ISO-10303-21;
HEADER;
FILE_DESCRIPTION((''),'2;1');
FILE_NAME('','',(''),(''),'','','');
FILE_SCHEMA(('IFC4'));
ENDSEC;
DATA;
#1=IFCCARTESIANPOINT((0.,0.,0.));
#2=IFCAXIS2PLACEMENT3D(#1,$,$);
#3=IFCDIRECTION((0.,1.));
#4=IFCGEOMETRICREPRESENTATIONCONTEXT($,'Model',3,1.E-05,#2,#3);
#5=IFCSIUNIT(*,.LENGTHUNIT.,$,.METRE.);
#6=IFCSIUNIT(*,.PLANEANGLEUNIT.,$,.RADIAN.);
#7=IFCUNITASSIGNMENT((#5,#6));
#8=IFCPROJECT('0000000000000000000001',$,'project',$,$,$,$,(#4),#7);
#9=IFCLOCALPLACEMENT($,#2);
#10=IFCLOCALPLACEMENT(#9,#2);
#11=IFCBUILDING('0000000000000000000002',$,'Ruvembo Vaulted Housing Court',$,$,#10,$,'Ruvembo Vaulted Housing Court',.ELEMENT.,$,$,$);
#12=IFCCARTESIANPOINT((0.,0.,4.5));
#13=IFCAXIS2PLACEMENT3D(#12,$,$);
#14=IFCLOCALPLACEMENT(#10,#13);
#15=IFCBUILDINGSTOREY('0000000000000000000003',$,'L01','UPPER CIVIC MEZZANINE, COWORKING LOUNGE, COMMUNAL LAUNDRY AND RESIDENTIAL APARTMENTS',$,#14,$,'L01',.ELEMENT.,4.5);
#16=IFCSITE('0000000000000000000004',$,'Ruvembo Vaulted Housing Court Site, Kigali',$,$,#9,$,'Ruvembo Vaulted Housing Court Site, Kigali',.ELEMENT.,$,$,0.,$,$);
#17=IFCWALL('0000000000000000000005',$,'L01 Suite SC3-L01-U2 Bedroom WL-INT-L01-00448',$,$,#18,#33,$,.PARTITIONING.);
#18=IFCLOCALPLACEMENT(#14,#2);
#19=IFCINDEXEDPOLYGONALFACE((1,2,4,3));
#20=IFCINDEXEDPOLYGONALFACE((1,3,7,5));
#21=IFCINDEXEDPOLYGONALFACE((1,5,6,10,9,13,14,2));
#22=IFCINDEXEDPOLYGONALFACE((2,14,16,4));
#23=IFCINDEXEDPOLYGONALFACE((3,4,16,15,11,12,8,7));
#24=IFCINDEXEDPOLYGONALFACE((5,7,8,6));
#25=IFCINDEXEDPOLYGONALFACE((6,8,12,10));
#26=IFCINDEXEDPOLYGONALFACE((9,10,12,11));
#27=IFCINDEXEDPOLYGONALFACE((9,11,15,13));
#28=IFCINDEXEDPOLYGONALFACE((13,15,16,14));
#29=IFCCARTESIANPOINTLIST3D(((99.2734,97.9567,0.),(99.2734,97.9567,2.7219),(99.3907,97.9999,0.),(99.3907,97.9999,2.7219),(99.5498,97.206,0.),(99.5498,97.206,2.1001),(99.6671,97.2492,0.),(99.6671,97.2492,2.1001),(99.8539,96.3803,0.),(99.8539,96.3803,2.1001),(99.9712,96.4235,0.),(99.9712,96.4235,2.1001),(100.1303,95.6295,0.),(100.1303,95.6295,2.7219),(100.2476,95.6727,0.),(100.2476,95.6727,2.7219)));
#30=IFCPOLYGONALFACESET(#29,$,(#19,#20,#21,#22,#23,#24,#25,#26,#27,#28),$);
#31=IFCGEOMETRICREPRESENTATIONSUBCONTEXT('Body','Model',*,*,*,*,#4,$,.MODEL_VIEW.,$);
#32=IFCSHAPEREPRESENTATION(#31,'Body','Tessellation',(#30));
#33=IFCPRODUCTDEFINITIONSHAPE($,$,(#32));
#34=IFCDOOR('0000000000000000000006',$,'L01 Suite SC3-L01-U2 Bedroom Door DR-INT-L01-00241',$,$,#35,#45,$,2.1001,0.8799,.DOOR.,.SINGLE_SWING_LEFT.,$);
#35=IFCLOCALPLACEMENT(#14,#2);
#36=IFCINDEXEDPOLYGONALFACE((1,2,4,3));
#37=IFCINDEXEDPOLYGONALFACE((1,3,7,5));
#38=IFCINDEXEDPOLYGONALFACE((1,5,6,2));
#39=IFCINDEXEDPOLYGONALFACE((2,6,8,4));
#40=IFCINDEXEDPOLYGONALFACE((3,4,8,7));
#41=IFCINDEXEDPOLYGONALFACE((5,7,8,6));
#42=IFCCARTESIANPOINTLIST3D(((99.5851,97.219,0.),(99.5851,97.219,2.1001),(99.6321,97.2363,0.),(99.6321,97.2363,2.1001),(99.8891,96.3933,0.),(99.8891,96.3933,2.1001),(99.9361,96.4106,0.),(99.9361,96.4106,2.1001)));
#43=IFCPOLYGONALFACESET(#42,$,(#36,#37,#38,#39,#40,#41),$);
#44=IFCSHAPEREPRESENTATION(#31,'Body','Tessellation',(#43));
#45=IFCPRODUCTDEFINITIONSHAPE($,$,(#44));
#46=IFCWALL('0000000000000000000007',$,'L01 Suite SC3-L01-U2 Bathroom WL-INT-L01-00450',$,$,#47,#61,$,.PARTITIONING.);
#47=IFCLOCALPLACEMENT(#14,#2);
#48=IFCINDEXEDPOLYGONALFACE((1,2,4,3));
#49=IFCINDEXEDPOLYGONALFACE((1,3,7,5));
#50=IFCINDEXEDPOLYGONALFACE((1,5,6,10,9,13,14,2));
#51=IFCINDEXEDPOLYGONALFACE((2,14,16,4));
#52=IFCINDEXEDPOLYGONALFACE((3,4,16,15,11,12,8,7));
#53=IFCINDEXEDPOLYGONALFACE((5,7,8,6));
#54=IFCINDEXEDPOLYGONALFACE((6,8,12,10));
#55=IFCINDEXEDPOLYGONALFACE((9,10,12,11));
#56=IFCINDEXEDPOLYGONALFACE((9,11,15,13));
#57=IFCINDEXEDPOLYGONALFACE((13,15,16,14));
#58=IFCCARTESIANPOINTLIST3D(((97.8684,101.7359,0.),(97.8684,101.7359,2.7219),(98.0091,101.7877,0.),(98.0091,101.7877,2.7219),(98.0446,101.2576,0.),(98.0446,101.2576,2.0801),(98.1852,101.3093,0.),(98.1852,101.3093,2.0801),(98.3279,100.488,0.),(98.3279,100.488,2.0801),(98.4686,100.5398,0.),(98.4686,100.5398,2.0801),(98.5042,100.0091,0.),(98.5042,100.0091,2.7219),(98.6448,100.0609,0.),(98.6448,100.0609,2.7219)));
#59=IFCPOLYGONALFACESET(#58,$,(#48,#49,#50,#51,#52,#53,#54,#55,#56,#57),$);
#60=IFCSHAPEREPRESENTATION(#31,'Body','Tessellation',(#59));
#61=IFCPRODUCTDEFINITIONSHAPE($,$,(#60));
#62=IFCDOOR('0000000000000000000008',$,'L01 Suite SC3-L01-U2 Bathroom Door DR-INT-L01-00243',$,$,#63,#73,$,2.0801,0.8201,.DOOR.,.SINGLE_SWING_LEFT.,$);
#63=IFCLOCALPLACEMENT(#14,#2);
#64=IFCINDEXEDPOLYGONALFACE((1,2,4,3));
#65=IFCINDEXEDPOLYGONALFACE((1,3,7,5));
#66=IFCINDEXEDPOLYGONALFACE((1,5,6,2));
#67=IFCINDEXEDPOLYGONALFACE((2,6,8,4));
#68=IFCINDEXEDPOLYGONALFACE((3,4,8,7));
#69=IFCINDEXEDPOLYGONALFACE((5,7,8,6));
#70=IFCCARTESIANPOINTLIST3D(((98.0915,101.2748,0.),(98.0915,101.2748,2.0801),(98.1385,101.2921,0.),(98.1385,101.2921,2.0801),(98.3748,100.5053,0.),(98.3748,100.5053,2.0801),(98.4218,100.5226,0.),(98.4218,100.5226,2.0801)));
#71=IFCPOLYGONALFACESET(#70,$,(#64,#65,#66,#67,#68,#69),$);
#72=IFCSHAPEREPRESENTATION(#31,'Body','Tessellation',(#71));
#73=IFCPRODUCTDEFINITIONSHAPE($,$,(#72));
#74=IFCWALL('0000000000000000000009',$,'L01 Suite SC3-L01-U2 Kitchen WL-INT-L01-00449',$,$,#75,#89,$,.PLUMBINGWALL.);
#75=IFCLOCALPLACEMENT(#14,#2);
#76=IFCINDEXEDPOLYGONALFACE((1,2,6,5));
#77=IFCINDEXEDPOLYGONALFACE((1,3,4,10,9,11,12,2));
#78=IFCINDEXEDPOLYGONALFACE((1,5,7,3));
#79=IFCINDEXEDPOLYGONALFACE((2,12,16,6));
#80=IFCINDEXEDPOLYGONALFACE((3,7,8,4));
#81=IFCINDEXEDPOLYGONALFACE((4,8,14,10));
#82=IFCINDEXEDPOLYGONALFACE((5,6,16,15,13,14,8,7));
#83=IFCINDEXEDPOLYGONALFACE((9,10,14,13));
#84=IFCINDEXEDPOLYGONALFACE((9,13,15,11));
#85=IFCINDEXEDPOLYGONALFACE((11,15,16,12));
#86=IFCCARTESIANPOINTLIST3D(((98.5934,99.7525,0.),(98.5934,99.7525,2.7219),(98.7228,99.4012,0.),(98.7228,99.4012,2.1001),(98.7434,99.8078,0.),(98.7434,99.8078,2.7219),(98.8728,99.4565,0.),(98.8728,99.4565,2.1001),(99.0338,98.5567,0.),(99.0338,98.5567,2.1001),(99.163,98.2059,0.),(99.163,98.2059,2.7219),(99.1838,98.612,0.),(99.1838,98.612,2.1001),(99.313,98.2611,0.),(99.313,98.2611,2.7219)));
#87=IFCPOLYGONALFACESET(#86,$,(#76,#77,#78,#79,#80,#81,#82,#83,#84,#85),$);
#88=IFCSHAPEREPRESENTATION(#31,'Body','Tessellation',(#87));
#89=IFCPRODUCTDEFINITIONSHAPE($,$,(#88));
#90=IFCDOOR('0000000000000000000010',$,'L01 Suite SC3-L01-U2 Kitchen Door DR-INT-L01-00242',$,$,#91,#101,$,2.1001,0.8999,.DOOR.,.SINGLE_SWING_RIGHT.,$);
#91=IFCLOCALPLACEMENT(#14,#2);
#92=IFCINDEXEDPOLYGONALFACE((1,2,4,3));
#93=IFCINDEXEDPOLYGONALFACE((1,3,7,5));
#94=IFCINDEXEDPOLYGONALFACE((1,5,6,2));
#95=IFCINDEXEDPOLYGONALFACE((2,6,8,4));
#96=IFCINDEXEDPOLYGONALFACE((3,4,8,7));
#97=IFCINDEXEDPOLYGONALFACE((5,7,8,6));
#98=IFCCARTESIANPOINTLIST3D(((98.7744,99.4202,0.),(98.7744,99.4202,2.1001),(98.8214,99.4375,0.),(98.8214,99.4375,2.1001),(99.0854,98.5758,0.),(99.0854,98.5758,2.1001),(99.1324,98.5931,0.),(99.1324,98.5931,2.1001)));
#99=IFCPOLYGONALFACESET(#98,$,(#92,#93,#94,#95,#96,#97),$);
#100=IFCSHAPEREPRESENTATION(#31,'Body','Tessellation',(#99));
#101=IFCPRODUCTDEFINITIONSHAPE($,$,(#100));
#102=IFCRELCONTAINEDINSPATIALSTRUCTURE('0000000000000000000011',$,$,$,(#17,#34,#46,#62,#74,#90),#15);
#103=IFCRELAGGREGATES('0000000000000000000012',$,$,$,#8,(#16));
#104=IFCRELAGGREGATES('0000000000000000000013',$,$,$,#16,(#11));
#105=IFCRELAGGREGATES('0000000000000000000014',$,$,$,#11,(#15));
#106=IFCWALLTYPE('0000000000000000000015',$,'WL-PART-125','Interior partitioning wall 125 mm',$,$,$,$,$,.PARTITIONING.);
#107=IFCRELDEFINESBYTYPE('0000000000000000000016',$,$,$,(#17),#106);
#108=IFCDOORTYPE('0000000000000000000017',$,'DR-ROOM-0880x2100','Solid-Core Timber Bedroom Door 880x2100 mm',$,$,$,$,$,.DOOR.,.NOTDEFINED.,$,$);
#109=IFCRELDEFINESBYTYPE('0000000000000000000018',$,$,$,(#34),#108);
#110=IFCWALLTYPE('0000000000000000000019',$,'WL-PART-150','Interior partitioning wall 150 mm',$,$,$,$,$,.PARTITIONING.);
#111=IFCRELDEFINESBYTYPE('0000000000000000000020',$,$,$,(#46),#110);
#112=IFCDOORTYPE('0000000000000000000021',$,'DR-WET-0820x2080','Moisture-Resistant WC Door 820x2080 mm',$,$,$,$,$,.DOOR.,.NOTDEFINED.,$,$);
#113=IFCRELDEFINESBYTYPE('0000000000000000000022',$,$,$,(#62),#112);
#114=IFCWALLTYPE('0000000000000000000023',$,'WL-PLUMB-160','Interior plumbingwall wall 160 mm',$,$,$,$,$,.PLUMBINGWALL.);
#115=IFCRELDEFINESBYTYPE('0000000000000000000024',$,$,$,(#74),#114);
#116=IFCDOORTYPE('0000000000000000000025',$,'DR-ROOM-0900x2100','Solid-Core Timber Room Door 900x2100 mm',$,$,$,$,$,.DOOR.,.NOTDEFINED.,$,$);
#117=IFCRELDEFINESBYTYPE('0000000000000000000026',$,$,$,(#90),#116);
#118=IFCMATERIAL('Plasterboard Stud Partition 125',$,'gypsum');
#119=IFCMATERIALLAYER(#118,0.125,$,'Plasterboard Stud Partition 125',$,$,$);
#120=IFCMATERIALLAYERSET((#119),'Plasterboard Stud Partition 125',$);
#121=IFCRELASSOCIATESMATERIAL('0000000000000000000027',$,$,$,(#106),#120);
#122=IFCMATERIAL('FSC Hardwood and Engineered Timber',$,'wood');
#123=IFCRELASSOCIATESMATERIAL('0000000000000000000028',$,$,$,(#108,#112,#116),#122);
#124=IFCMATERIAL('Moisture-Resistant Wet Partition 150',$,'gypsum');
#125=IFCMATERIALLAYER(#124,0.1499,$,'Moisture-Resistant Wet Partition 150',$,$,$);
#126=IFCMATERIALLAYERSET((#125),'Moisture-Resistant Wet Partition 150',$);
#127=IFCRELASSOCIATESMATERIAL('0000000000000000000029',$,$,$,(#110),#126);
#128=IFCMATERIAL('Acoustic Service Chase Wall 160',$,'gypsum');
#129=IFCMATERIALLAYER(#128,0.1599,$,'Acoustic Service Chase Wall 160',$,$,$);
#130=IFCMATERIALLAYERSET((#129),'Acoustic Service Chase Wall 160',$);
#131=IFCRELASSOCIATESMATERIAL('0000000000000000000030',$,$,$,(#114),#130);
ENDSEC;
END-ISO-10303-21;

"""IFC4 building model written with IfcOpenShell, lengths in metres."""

from ifc_helpers import new_model, si_unit, direction, frame, frame_2d, origin, place, context, subcontext, project, spatial, rectangle, extrude, material, layer, layer_set, type_object, element, fill, save


model = new_model("IFC4")

# Units and contexts
model_context = context("Model", 3, precision=1e-05, world=origin(), true_north=direction((0.0, 1.0)))
body_context = subcontext(model_context, "Body", "Model", "MODEL_VIEW")
ifc_project = project(units=[si_unit("LENGTHUNIT", "METRE"), si_unit("PLANEANGLEUNIT", "RADIAN")], contexts=[model_context])

# Site, building, storey
site_placement = place(None, origin())
site = spatial("IfcSite", under=ifc_project, at=site_placement, Name="Ruvembo Vaulted Housing Court Site, Kigali", LongName="Ruvembo Vaulted Housing Court Site, Kigali", CompositionType="ELEMENT", RefElevation=0.0)
building_placement = place(site_placement, origin())
building = spatial("IfcBuilding", under=site, at=building_placement, Name="Ruvembo Vaulted Housing Court", LongName="Ruvembo Vaulted Housing Court", CompositionType="ELEMENT")
storey_placement = place(building_placement, frame((0.0, 0.0, 4.5)))
storey = spatial("IfcBuildingStorey", under=building, at=storey_placement, Name="L01", Description="UPPER CIVIC MEZZANINE, COWORKING LOUNGE, COMMUNAL LAUNDRY AND RESIDENTIAL APARTMENTS", LongName="L01", CompositionType="ELEMENT", Elevation=4.5)

# Walls, openings, doors
ifc_material_1 = material(Name="FSC Hardwood and Engineered Timber", Category="wood")
ifc_material_2 = material(Name="Plasterboard Stud Partition 125", Category="gypsum")
ifc_layer_1 = layer(ifc_material_2, 0.125, Name="Plasterboard Stud Partition 125")
ifc_layer_set_1 = layer_set([ifc_layer_1], Name="Plasterboard Stud Partition 125")
wall_type_1 = type_object("IfcWallType", Name="WL-PART-125", Description="Interior partitioning wall 125 mm", PredefinedType="PARTITIONING", material=ifc_layer_set_1)
wall_1_placement = place(storey_placement, frame((100.189, 95.6511, 0.0), z_axis=(0.0, 0.0, 1.0), x_axis=(-0.34555, 0.9384, 0.0)))
wall_1 = element("IfcWall", 1, at=wall_1_placement, inside=storey, type_object=wall_type_1, Name="L01 Suite SC3-L01-U2 Bedroom WL-INT-L01-00448", PredefinedType="PARTITIONING", context=body_context, shape_type="SweptSolid", body=[
    extrude(rectangle(XDim=2.48, YDim=0.125, at=frame_2d((1.24, 0.0))), origin(), (0.0, 0.0, 1.0), 2.7219),
])
opening_1_placement = place(wall_1_placement, frame((0.8, 0.0, 0.0)))
opening_1 = element("IfcOpeningElement", 2, at=opening_1_placement, cuts=wall_1, PredefinedType="OPENING", context=body_context, shape_type="SweptSolid", body=[
    extrude(rectangle(XDim=0.8799, YDim=2.1001, at=frame_2d((0.4399, 1.05))), frame((0.0, 0.0725, 0.0), z_axis=(0.0, -1.0, 0.0), x_axis=(1.0, 0.0, 0.0)), (0.0, 0.0, 1.0), 0.145),
])
door_type_1 = type_object("IfcDoorType", Name="DR-ROOM-0880x2100", Description="Solid-Core Timber Bedroom Door 880x2100 mm", OperationType="NOTDEFINED", PredefinedType="DOOR", material=ifc_material_1)
door_1_placement = place(opening_1_placement, origin())
door_1 = element("IfcDoor", 3, at=door_1_placement, inside=storey, type_object=door_type_1, Name="L01 Suite SC3-L01-U2 Bedroom Door DR-INT-L01-00241", OperationType="SINGLE_SWING_LEFT", OverallHeight=2.1001, OverallWidth=0.8799, PredefinedType="DOOR", context=body_context, shape_type="SweptSolid", body=[
    extrude(rectangle(XDim=0.8799, YDim=2.1001, at=frame_2d((0.4399, 1.05))), frame((0.0, 0.0249, 0.0), z_axis=(0.0, -1.0, 0.0), x_axis=(1.0, 0.0, 0.0)), (0.0, 0.0, 1.0), 0.05),
])
fill(opening_1, door_1)
ifc_material_3 = material(Name="Moisture-Resistant Wet Partition 150", Category="gypsum")
ifc_layer_2 = layer(ifc_material_3, 0.1499, Name="Moisture-Resistant Wet Partition 150")
ifc_layer_set_2 = layer_set([ifc_layer_2], Name="Moisture-Resistant Wet Partition 150")
wall_type_2 = type_object("IfcWallType", Name="WL-PART-150", Description="Interior partitioning wall 150 mm", PredefinedType="PARTITIONING", material=ifc_layer_set_2)
wall_2_placement = place(storey_placement, frame((98.5745, 100.0352, 0.0), z_axis=(0.0, 0.0, 1.0), x_axis=(-0.34549, 0.938422, 0.0)))
wall_2 = element("IfcWall", 4, at=wall_2_placement, inside=storey, type_object=wall_type_2, Name="L01 Suite SC3-L01-U2 Bathroom WL-INT-L01-00450", PredefinedType="PARTITIONING", context=body_context, shape_type="SweptSolid", body=[
    extrude(rectangle(XDim=1.8401, YDim=0.1499, at=frame_2d((0.9199, 0.0))), origin(), (0.0, 0.0, 1.0), 2.7219),
])
opening_2_placement = place(wall_2_placement, frame((0.51, 0.0, 0.0)))
opening_2 = element("IfcOpeningElement", 5, at=opening_2_placement, cuts=wall_2, PredefinedType="OPENING", context=body_context, shape_type="SweptSolid", body=[
    extrude(rectangle(XDim=0.8201, YDim=2.0801, at=frame_2d((0.4102, 1.04))), frame((0.0, 0.085, 0.0), z_axis=(0.0, -1.0, 0.0), x_axis=(1.0, 0.0, 0.0)), (0.0, 0.0, 1.0), 0.1699),
])
door_type_2 = type_object("IfcDoorType", Name="DR-WET-0820x2080", Description="Moisture-Resistant WC Door 820x2080 mm", OperationType="NOTDEFINED", PredefinedType="DOOR", material=ifc_material_1)
door_2_placement = place(opening_2_placement, origin())
door_2 = element("IfcDoor", 6, at=door_2_placement, inside=storey, type_object=door_type_2, Name="L01 Suite SC3-L01-U2 Bathroom Door DR-INT-L01-00243", OperationType="SINGLE_SWING_LEFT", OverallHeight=2.0801, OverallWidth=0.8201, PredefinedType="DOOR", context=body_context, shape_type="SweptSolid", body=[
    extrude(rectangle(XDim=0.8201, YDim=2.0801, at=frame_2d((0.4102, 1.04))), frame((0.0, 0.0249, 0.0), z_axis=(0.0, -1.0, 0.0), x_axis=(1.0, 0.0, 0.0)), (0.0, 0.0, 1.0), 0.05),
])
fill(opening_2, door_2)
ifc_material_4 = material(Name="Acoustic Service Chase Wall 160", Category="gypsum")
ifc_layer_3 = layer(ifc_material_4, 0.1599, Name="Acoustic Service Chase Wall 160")
ifc_layer_set_3 = layer_set([ifc_layer_3], Name="Acoustic Service Chase Wall 160")
wall_type_3 = type_object("IfcWallType", Name="WL-PLUMB-160", Description="Interior plumbingwall wall 160 mm", PredefinedType="PLUMBINGWALL", material=ifc_layer_set_3)
wall_3_placement = place(storey_placement, frame((99.238, 98.2334, 0.0), z_axis=(0.0, 0.0, 1.0), x_axis=(-0.345582, 0.938389, 0.0)))
wall_3 = element("IfcWall", 7, at=wall_3_placement, inside=storey, type_object=wall_type_3, Name="L01 Suite SC3-L01-U2 Kitchen WL-INT-L01-00449", PredefinedType="PLUMBINGWALL", context=body_context, shape_type="SweptSolid", body=[
    extrude(rectangle(XDim=1.6482, YDim=0.1599, at=frame_2d((0.8242, 0.0))), origin(), (0.0, 0.0, 1.0), 2.7219),
])
opening_3_placement = place(wall_3_placement, frame((0.374, 0.0, 0.0)))
opening_3 = element("IfcOpeningElement", 8, at=opening_3_placement, cuts=wall_3, PredefinedType="OPENING", context=body_context, shape_type="SweptSolid", body=[
    extrude(rectangle(XDim=0.8999, YDim=2.1001, at=frame_2d((0.45, 1.05))), frame((0.0, 0.0898, 0.0), z_axis=(0.0, -1.0, 0.0), x_axis=(1.0, 0.0, 0.0)), (0.0, 0.0, 1.0), 0.1799),
])
door_type_3 = type_object("IfcDoorType", Name="DR-ROOM-0900x2100", Description="Solid-Core Timber Room Door 900x2100 mm", OperationType="NOTDEFINED", PredefinedType="DOOR", material=ifc_material_1)
door_3_placement = place(opening_3_placement, origin())
door_3 = element("IfcDoor", 9, at=door_3_placement, inside=storey, type_object=door_type_3, Name="L01 Suite SC3-L01-U2 Kitchen Door DR-INT-L01-00242", OperationType="SINGLE_SWING_RIGHT", OverallHeight=2.1001, OverallWidth=0.8999, PredefinedType="DOOR", context=body_context, shape_type="SweptSolid", body=[
    extrude(rectangle(XDim=0.8999, YDim=2.1001, at=frame_2d((0.45, 1.05))), frame((0.0, 0.0249, 0.0), z_axis=(0.0, -1.0, 0.0), x_axis=(1.0, 0.0, 0.0)), (0.0, 0.0, 1.0), 0.05),
])
fill(opening_3, door_3)

save(model, "model.ifc")
